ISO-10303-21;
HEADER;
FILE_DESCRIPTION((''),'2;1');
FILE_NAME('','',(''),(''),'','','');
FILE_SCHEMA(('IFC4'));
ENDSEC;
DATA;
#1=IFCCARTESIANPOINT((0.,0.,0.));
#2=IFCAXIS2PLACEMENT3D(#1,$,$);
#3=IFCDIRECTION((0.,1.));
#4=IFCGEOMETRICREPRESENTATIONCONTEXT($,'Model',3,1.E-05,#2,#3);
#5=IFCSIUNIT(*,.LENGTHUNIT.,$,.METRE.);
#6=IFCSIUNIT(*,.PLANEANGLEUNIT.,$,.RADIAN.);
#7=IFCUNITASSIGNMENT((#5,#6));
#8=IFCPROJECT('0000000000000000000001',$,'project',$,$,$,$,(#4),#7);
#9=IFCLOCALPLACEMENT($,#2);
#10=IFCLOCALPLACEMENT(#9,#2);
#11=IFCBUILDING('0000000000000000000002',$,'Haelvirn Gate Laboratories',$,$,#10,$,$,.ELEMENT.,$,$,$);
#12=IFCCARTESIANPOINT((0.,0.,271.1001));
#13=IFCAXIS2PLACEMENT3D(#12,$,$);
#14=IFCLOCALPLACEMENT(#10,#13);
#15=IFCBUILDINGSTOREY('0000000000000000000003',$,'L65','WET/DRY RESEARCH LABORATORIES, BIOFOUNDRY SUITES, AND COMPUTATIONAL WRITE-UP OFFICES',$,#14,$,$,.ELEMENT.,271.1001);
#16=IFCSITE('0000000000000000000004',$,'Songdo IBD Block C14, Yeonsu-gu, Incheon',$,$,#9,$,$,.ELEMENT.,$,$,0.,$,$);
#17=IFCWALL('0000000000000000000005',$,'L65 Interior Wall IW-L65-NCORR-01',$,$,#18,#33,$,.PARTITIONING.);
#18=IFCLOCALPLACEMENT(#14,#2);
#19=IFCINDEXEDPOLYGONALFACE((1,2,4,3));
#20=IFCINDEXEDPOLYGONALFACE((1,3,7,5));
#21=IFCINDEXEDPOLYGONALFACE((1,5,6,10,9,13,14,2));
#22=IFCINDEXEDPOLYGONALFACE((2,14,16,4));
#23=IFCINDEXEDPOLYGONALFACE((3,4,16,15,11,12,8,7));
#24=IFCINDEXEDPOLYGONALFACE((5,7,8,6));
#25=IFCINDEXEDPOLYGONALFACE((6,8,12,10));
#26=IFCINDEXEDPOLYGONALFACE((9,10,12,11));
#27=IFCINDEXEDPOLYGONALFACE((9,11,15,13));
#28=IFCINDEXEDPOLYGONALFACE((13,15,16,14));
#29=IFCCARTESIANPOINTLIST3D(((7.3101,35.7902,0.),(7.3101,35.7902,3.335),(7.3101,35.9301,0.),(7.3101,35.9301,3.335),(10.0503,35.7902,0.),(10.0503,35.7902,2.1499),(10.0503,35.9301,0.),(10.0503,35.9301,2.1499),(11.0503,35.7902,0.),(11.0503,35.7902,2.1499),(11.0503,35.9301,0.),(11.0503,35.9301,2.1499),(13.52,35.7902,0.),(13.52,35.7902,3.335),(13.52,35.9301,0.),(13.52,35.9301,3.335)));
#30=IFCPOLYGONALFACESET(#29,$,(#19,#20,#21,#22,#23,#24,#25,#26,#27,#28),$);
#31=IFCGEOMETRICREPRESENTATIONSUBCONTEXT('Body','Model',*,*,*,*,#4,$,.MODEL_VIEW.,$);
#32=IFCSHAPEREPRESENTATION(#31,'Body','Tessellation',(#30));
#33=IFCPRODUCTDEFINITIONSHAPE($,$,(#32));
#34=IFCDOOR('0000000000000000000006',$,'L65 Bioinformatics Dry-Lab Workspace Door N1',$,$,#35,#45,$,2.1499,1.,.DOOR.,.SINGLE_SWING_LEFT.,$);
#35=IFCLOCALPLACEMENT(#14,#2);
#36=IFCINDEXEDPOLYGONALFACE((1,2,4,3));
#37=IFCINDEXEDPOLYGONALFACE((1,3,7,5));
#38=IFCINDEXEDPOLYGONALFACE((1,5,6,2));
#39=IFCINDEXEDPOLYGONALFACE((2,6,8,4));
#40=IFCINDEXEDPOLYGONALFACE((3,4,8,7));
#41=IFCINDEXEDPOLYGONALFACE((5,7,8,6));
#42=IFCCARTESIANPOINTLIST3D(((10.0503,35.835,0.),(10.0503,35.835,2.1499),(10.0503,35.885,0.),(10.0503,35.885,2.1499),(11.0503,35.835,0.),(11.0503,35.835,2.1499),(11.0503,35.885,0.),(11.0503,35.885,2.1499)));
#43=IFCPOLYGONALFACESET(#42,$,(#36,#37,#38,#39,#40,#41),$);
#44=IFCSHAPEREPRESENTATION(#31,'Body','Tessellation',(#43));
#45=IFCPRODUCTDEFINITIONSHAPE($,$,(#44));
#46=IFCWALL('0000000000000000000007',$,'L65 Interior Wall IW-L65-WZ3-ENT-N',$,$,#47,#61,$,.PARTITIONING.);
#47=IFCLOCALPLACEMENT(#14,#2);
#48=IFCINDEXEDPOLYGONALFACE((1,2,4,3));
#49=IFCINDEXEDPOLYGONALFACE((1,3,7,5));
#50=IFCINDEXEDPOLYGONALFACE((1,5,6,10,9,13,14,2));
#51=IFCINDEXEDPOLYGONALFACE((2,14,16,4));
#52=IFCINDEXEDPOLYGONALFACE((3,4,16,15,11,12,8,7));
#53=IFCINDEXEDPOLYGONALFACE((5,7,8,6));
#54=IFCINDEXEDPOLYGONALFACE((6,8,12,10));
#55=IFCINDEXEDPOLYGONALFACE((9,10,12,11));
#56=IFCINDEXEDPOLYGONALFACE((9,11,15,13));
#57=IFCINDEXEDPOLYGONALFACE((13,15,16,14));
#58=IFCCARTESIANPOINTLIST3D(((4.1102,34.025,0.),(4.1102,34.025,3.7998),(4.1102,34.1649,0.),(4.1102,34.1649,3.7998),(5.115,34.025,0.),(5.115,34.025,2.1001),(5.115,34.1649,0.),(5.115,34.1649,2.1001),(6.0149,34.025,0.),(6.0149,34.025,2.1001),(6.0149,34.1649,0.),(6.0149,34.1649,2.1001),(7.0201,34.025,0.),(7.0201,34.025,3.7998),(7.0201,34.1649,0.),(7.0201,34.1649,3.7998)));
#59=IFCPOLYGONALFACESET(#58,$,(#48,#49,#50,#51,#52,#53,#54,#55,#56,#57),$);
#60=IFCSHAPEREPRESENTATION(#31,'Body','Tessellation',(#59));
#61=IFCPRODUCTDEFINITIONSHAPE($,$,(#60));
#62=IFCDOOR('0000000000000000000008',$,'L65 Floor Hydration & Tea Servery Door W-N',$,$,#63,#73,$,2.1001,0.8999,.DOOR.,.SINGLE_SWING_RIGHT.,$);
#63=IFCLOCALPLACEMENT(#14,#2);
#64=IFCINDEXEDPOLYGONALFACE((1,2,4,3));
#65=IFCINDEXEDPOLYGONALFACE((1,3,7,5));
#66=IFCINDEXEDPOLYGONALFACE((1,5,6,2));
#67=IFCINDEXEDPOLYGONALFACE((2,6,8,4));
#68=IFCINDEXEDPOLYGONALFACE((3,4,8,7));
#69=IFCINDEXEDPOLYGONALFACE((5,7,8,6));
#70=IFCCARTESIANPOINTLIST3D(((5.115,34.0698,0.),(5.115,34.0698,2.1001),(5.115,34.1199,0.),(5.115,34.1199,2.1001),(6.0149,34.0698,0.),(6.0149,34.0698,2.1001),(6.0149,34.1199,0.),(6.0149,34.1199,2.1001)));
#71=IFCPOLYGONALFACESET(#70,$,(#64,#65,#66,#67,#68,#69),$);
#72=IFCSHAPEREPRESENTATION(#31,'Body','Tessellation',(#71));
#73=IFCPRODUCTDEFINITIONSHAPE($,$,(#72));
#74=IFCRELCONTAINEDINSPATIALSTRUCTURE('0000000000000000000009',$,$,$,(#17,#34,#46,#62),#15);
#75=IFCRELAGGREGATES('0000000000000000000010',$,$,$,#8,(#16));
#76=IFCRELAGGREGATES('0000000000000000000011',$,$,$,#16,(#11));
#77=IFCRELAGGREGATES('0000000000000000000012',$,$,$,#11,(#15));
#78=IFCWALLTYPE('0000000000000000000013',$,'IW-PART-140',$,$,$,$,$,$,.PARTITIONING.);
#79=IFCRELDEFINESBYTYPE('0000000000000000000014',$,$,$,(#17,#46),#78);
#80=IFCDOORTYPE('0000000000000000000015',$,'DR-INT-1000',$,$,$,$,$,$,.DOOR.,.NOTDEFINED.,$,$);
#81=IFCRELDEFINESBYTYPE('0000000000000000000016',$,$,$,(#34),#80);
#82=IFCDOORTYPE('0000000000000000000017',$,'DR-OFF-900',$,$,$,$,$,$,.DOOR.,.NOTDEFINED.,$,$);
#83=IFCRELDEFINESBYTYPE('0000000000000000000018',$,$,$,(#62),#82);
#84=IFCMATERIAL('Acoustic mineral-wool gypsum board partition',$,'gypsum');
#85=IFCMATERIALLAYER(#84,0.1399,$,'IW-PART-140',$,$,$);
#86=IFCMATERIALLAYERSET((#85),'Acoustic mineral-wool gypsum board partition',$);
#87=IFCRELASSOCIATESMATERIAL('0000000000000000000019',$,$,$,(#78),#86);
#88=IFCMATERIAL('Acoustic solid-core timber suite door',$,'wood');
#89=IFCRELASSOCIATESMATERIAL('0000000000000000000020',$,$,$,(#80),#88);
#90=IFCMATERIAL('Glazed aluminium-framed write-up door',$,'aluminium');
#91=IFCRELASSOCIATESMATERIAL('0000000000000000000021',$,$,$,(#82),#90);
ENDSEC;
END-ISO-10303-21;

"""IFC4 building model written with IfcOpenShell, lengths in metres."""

from ifc_helpers import new_model, si_unit, direction, frame, frame_2d, origin, place, context, subcontext, project, spatial, rectangle, extrude, source, transform, mapped, material, layer, layer_set, type_object, type_shapes, element, fill, save


model = new_model("IFC4")

# Units and contexts
model_context = context("Model", 3, precision=1e-05, world=origin(), true_north=direction((0.0, 1.0)))
body_context = subcontext(model_context, "Body", "Model", "MODEL_VIEW")
ifc_project = project(units=[si_unit("LENGTHUNIT", "METRE"), si_unit("PLANEANGLEUNIT", "RADIAN")], contexts=[model_context])

# Site, building, storey
site_placement = place(None, origin())
site = spatial("IfcSite", under=ifc_project, at=site_placement, Name="Songdo IBD Block C14, Yeonsu-gu, Incheon", CompositionType="ELEMENT", RefElevation=0.0)
building_placement = place(site_placement, origin())
building = spatial("IfcBuilding", under=site, at=building_placement, Name="Haelvirn Gate Laboratories", CompositionType="ELEMENT")
storey_placement = place(building_placement, frame((0.0, 0.0, 271.1001)))
storey = spatial("IfcBuildingStorey", under=building, at=storey_placement, Name="L65", Description="WET/DRY RESEARCH LABORATORIES, BIOFOUNDRY SUITES, AND COMPUTATIONAL WRITE-UP OFFICES", CompositionType="ELEMENT", Elevation=271.1001)

# Walls, openings, doors
ifc_material_1 = material(Name="Acoustic mineral-wool gypsum board partition", Category="gypsum")
ifc_layer_1 = layer(ifc_material_1, 0.1399, Name="IW-PART-140")
ifc_layer_set_1 = layer_set([ifc_layer_1], Name="Acoustic mineral-wool gypsum board partition")
wall_type_1 = type_object("IfcWallType", Name="IW-PART-140", PredefinedType="PARTITIONING", material=ifc_layer_set_1)
wall_1_placement = place(storey_placement, frame((7.3101, 35.8601, 0.0), z_axis=(0.0, 0.0, 1.0), x_axis=(1.0, 0.0, 0.0)))
wall_1 = element("IfcWall", 1, at=wall_1_placement, inside=storey, type_object=wall_type_1, Name="L65 Interior Wall IW-L65-NCORR-01", PredefinedType="PARTITIONING", context=body_context, shape_type="SweptSolid", body=[
    extrude(rectangle(XDim=6.21, YDim=0.1399, at=frame_2d((3.105, 0.0))), origin(), (0.0, 0.0, 1.0), 3.335),
])
opening_1_placement = place(wall_1_placement, frame((2.7402, 0.0, 0.0)))
opening_1 = element("IfcOpeningElement", 2, at=opening_1_placement, cuts=wall_1, PredefinedType="OPENING", context=body_context, shape_type="SweptSolid", body=[
    extrude(rectangle(XDim=1.0, YDim=2.1499, at=frame_2d((0.5, 1.075))), frame((0.0, 0.0801, 0.0), z_axis=(0.0, -1.0, 0.0), x_axis=(1.0, 0.0, 0.0)), (0.0, 0.0, 1.0), 0.1599),
])
ifc_material_2 = material(Name="Acoustic solid-core timber suite door", Category="wood")
door_type_1 = type_object("IfcDoorType", Name="DR-INT-1000", OperationType="NOTDEFINED", PredefinedType="DOOR", material=ifc_material_2)
shared_shape_1 = source(origin(), body_context, "Body", "SweptSolid", [
    extrude(rectangle(XDim=1.0, YDim=2.1499, at=frame_2d((0.5, 1.075))), frame((0.0, 0.0249, 0.0), z_axis=(0.0, -1.0, 0.0), x_axis=(1.0, 0.0, 0.0)), (0.0, 0.0, 1.0), 0.05),
])
type_shapes(door_type_1, [shared_shape_1])
door_1_placement = place(opening_1_placement, origin())
door_1 = element("IfcDoor", 3, at=door_1_placement, inside=storey, type_object=door_type_1, Name="L65 Bioinformatics Dry-Lab Workspace Door N1", OperationType="SINGLE_SWING_LEFT", OverallHeight=2.1499, OverallWidth=1.0, PredefinedType="DOOR", context=body_context, shape_type="MappedRepresentation", body=[
    mapped(shared_shape_1, transform((0.0, 0.0, 0.0), scale=1.0)),
])
fill(opening_1, door_1)
wall_2_placement = place(storey_placement, frame((4.1101, 34.095, 0.0), z_axis=(0.0, 0.0, 1.0), x_axis=(1.0, 0.0, 0.0)))
wall_2 = element("IfcWall", 4, at=wall_2_placement, inside=storey, type_object=wall_type_1, Name="L65 Interior Wall IW-L65-WZ3-ENT-N", PredefinedType="PARTITIONING", context=body_context, shape_type="SweptSolid", body=[
    extrude(rectangle(XDim=2.9099, YDim=0.1399, at=frame_2d((1.4551, 0.0))), origin(), (0.0, 0.0, 1.0), 3.7998),
])
opening_2_placement = place(wall_2_placement, frame((1.0049, 0.0, 0.0)))
opening_2 = element("IfcOpeningElement", 5, at=opening_2_placement, cuts=wall_2, PredefinedType="OPENING", context=body_context, shape_type="SweptSolid", body=[
    extrude(rectangle(XDim=0.8999, YDim=2.1001, at=frame_2d((0.45, 1.05))), frame((0.0, 0.0801, 0.0), z_axis=(0.0, -1.0, 0.0), x_axis=(1.0, 0.0, 0.0)), (0.0, 0.0, 1.0), 0.1599),
])
ifc_material_3 = material(Name="Glazed aluminium-framed write-up door", Category="aluminium")
door_type_2 = type_object("IfcDoorType", Name="DR-OFF-900", OperationType="NOTDEFINED", PredefinedType="DOOR", material=ifc_material_3)
shared_shape_2 = source(origin(), body_context, "Body", "SweptSolid", [
    extrude(rectangle(XDim=0.8999, YDim=2.1001, at=frame_2d((0.45, 1.05))), frame((0.0, 0.0249, 0.0), z_axis=(0.0, -1.0, 0.0), x_axis=(1.0, 0.0, 0.0)), (0.0, 0.0, 1.0), 0.05),
])
type_shapes(door_type_2, [shared_shape_2])
door_2_placement = place(opening_2_placement, origin())
door_2 = element("IfcDoor", 6, at=door_2_placement, inside=storey, type_object=door_type_2, Name="L65 Floor Hydration & Tea Servery Door W-N", OperationType="SINGLE_SWING_RIGHT", OverallHeight=2.1001, OverallWidth=0.8999, PredefinedType="DOOR", context=body_context, shape_type="MappedRepresentation", body=[
    mapped(shared_shape_2, transform((0.0, 0.0, 0.0), scale=1.0)),
])
fill(opening_2, door_2)

save(model, "model.ifc")
